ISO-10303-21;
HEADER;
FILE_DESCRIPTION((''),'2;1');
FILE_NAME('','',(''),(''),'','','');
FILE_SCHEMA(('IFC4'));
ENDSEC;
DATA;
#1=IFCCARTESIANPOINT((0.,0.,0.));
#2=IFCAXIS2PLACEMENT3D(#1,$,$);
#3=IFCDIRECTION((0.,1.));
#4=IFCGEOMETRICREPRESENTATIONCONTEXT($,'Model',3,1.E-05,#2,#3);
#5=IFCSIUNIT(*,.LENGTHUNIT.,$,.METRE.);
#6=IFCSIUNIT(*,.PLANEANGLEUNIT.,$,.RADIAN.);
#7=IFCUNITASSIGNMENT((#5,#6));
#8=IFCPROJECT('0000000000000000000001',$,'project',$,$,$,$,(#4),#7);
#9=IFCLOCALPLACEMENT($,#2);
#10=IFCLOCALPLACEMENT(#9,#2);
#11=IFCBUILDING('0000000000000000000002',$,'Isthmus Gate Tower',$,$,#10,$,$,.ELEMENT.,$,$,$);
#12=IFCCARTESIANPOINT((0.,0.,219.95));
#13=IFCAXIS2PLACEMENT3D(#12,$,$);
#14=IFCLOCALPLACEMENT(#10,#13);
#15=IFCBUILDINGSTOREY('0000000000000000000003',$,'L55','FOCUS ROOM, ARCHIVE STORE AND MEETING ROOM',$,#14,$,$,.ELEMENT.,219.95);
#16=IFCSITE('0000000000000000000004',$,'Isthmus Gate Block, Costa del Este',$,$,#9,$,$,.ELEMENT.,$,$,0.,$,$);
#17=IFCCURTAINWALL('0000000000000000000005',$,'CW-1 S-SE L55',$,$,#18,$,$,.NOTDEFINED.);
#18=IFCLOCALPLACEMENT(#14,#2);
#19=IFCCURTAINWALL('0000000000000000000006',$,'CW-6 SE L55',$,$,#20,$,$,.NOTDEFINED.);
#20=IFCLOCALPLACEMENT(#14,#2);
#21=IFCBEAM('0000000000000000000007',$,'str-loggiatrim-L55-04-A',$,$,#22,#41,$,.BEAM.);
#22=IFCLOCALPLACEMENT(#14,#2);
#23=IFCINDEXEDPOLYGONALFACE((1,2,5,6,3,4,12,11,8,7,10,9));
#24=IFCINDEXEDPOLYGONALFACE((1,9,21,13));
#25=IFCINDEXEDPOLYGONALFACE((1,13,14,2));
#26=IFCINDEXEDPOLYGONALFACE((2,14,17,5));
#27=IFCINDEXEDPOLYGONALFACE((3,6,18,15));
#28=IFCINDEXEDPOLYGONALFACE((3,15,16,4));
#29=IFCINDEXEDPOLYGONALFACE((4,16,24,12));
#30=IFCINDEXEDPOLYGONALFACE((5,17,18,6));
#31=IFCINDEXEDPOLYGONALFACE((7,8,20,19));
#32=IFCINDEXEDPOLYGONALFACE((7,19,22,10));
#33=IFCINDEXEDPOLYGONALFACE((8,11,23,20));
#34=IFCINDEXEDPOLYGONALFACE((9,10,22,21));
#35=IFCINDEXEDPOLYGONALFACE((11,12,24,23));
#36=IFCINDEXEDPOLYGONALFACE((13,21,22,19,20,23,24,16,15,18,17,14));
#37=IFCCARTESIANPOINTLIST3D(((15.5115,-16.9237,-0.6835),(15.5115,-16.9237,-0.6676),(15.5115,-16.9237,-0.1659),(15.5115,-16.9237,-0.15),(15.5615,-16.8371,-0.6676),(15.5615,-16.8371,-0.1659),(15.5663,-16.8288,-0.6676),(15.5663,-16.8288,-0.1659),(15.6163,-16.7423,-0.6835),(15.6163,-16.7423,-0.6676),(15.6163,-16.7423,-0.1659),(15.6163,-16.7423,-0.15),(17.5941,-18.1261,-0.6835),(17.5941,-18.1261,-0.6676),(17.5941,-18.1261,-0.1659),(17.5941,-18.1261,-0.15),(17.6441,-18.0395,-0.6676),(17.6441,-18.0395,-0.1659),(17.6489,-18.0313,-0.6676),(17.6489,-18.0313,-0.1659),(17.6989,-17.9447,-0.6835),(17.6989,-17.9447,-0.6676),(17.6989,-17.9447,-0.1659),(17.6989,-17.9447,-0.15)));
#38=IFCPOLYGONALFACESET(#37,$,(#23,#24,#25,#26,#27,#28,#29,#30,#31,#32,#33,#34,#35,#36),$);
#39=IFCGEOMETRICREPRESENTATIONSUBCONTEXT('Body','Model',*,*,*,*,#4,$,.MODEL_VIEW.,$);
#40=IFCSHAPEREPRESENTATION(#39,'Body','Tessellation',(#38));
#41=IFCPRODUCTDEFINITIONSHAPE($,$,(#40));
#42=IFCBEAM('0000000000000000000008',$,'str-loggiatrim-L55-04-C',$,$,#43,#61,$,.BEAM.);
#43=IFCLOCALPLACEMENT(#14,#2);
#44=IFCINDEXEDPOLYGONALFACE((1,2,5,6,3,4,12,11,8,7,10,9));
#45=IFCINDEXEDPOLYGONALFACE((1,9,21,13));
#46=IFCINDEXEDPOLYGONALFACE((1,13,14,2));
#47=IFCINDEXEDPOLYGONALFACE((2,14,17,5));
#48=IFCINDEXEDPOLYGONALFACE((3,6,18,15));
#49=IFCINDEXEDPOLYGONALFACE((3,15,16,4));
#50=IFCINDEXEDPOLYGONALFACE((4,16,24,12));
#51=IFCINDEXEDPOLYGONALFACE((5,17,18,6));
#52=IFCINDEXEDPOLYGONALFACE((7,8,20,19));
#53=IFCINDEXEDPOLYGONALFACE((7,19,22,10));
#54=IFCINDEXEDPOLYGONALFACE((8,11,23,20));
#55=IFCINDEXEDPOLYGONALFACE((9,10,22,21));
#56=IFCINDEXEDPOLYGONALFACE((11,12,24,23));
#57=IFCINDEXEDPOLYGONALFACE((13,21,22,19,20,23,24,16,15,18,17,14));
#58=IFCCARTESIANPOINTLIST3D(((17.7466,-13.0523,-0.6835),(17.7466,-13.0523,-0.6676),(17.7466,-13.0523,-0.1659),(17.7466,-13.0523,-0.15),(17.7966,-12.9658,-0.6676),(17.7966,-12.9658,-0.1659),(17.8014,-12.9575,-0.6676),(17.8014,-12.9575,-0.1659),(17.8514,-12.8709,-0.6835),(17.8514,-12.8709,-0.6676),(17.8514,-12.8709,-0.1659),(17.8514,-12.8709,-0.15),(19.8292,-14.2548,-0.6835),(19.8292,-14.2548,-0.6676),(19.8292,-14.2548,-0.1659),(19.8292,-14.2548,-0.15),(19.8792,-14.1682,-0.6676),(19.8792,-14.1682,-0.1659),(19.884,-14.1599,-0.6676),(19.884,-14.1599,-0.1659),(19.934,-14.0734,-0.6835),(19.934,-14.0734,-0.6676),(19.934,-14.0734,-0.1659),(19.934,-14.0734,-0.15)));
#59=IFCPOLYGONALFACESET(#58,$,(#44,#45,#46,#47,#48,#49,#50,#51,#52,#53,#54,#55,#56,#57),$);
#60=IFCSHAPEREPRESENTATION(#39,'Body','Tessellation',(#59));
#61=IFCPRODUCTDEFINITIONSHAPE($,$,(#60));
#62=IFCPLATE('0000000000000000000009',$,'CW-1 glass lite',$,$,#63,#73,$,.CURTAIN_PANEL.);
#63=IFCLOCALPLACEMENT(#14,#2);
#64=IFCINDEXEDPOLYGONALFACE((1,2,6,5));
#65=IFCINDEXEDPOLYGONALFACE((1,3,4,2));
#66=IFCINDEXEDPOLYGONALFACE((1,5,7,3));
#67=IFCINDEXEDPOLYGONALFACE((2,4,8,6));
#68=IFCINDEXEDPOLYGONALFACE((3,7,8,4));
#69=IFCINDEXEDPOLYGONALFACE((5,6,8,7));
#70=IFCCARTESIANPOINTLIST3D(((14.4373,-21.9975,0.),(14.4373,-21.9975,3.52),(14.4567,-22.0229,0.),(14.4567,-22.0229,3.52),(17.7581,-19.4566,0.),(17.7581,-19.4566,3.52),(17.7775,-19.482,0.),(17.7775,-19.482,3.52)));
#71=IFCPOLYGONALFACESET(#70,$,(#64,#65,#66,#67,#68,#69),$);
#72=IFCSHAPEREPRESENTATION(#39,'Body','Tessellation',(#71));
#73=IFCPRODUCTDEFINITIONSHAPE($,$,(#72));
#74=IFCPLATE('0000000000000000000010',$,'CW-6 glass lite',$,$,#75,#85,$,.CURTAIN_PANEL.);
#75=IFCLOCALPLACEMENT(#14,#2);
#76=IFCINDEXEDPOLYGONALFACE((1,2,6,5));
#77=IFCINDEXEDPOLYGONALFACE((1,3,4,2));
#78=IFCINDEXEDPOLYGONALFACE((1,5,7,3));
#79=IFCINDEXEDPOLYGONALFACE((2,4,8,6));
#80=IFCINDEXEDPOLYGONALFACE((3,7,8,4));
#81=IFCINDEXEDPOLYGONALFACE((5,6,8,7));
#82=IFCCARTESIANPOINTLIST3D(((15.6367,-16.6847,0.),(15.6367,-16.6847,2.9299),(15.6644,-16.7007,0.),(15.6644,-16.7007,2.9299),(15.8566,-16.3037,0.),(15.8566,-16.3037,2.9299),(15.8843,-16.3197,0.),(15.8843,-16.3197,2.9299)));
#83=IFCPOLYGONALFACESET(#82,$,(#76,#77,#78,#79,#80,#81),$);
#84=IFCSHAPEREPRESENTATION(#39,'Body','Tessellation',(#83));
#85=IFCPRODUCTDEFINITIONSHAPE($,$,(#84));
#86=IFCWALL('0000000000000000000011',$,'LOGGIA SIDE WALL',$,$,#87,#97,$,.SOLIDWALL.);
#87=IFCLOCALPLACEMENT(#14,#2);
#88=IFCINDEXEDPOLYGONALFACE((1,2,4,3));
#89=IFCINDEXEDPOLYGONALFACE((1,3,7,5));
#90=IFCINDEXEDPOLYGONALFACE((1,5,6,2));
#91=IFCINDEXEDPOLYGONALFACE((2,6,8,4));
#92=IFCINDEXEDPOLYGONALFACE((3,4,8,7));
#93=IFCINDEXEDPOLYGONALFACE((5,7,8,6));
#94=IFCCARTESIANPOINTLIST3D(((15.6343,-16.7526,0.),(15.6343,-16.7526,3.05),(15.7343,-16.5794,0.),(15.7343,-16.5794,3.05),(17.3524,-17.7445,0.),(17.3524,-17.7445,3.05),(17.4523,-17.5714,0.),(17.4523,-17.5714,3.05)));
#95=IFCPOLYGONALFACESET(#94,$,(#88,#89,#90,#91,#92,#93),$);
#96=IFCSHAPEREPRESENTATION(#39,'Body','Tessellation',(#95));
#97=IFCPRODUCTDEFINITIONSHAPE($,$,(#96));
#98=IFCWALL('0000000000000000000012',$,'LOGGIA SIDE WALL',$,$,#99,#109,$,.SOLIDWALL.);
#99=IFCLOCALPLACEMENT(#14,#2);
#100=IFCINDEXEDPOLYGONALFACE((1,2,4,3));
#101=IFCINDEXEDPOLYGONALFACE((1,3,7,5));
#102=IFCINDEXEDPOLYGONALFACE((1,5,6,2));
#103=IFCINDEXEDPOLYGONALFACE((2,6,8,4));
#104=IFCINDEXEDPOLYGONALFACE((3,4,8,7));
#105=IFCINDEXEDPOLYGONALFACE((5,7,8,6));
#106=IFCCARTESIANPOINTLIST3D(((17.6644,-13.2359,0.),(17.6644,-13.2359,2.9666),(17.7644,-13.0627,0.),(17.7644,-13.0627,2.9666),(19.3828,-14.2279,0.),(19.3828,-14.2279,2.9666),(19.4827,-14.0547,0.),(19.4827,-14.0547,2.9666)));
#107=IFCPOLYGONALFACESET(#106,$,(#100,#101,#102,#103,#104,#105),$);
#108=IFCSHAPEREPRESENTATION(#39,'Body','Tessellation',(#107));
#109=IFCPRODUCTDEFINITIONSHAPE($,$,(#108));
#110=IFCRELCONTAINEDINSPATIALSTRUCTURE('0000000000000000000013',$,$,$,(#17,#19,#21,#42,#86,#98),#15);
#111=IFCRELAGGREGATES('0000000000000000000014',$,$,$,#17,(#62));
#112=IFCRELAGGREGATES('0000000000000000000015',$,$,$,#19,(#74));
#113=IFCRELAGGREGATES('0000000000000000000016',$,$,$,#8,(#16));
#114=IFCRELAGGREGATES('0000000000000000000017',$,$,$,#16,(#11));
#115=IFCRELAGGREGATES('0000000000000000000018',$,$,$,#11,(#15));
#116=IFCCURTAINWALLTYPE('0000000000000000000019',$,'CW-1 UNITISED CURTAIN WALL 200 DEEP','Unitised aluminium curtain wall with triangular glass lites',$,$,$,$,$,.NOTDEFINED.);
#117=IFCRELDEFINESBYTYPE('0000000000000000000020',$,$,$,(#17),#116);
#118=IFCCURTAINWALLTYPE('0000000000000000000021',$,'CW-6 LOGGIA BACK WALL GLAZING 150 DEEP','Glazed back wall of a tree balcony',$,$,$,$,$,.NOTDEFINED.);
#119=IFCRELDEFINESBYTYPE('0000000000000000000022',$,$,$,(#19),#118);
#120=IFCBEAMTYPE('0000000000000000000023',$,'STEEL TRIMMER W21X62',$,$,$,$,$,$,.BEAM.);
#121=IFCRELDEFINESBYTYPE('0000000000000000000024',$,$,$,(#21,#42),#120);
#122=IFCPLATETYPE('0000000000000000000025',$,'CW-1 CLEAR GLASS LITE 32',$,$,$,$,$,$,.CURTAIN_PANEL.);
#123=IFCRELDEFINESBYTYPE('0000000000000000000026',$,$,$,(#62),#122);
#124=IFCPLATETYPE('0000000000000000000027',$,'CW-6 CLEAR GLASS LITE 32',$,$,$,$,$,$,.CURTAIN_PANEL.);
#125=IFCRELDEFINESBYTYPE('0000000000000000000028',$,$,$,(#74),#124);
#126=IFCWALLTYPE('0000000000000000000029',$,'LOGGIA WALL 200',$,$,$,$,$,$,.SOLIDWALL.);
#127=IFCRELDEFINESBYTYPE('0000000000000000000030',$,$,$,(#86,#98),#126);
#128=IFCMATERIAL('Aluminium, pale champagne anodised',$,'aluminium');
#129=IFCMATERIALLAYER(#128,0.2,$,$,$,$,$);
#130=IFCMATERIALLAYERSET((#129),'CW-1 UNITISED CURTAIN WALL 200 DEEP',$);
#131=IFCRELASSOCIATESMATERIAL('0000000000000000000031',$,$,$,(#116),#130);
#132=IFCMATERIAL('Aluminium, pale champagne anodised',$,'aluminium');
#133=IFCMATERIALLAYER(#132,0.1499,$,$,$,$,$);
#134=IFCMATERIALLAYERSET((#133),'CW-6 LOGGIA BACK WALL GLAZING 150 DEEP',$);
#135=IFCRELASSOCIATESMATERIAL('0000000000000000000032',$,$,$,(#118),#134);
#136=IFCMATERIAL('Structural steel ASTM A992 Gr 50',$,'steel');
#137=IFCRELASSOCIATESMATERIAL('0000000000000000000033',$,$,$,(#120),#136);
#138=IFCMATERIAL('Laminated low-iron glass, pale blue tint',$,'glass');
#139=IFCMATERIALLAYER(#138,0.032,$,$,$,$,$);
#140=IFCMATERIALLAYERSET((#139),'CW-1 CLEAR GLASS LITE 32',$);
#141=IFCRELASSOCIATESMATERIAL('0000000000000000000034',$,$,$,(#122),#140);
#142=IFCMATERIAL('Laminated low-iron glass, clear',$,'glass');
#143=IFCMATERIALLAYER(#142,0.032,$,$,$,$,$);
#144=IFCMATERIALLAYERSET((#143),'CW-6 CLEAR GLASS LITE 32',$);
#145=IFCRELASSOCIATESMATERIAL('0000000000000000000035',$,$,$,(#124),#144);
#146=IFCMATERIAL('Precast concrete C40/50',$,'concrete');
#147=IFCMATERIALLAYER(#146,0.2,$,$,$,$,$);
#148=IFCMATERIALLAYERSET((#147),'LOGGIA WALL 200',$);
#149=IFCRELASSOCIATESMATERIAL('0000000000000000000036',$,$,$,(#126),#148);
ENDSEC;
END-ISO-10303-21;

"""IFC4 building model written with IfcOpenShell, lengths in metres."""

from ifc_helpers import new_model, si_unit, direction, frame, frame_2d, origin, origin_2d, place, context, subcontext, project, spatial, rectangle, i_section, extrude, material, layer, layer_set, material_profile, profile_set, type_object, element, aggregate, save


model = new_model("IFC4")

# Units and contexts
model_context = context("Model", 3, precision=1e-05, world=origin(), true_north=direction((0.0, 1.0)))
body_context = subcontext(model_context, "Body", "Model", "MODEL_VIEW")
ifc_project = project(units=[si_unit("LENGTHUNIT", "METRE"), si_unit("PLANEANGLEUNIT", "RADIAN")], contexts=[model_context])

# Site, building, storey
site_placement = place(None, origin())
site = spatial("IfcSite", under=ifc_project, at=site_placement, Name="Isthmus Gate Block, Costa del Este", CompositionType="ELEMENT", RefElevation=0.0)
building_placement = place(site_placement, origin())
building = spatial("IfcBuilding", under=site, at=building_placement, Name="Isthmus Gate Tower", CompositionType="ELEMENT")
storey_placement = place(building_placement, frame((0.0, 0.0, 219.95)))
storey = spatial("IfcBuildingStorey", under=building, at=storey_placement, Name="L55", Description="FOCUS ROOM, ARCHIVE STORE AND MEETING ROOM", CompositionType="ELEMENT", Elevation=219.95)

# Curtain wall
ifc_material_1 = material(Name="Aluminium, pale champagne anodised", Category="aluminium")
ifc_layer_1 = layer(ifc_material_1, 0.2)
ifc_layer_set_1 = layer_set([ifc_layer_1], Name="CW-1 UNITISED CURTAIN WALL 200 DEEP")
curtain_wall_type_1 = type_object("IfcCurtainWallType", Name="CW-1 UNITISED CURTAIN WALL 200 DEEP", Description="Unitised aluminium curtain wall with triangular glass lites", PredefinedType="NOTDEFINED", material=ifc_layer_set_1)
curtain_wall_1_placement = place(storey_placement, origin())
curtain_wall_1 = element("IfcCurtainWall", 1, at=curtain_wall_1_placement, inside=storey, type_object=curtain_wall_type_1, Name="CW-1 S-SE L55", PredefinedType="NOTDEFINED")

# Curtain wall
ifc_material_2 = material(Name="Aluminium, pale champagne anodised", Category="aluminium")
ifc_layer_2 = layer(ifc_material_2, 0.1499)
ifc_layer_set_2 = layer_set([ifc_layer_2], Name="CW-6 LOGGIA BACK WALL GLAZING 150 DEEP")
curtain_wall_type_2 = type_object("IfcCurtainWallType", Name="CW-6 LOGGIA BACK WALL GLAZING 150 DEEP", Description="Glazed back wall of a tree balcony", PredefinedType="NOTDEFINED", material=ifc_layer_set_2)
curtain_wall_2_placement = place(storey_placement, origin())
curtain_wall_2 = element("IfcCurtainWall", 2, at=curtain_wall_2_placement, inside=storey, type_object=curtain_wall_type_2, Name="CW-6 SE L55", PredefinedType="NOTDEFINED")

# Beams
ifc_material_3 = material(Name="Structural steel ASTM A992 Gr 50", Category="steel")
ifc_material_profile_1 = material_profile(ifc_material_3, i_section(OverallWidth=0.2095, OverallDepth=0.5334, WebThickness=0.0095, FlangeThickness=0.0159, at=origin_2d()), Name="W21X62")
ifc_profile_set_1 = profile_set([ifc_material_profile_1], Name="Structural steel ASTM A992 Gr 50")
beam_type_1 = type_object("IfcBeamType", Name="STEEL TRIMMER W21X62", PredefinedType="BEAM", material=ifc_profile_set_1)
for number, where, z_axis, x_axis, name in (
    (3, (17.6465, -18.0354, -0.4167), (-0.866017, 0.500015, 0.0), (-0.500015, -0.866017, 0.0), "str-loggiatrim-L55-04-A"),
    (4, (19.8816, -14.1641, -0.4167), (-0.866017, 0.500015, 0.0), (-0.500015, -0.866017, 0.0), "str-loggiatrim-L55-04-C"),
):
    element("IfcBeam", number, at=place(storey_placement, frame(where, z_axis=z_axis, x_axis=x_axis)), inside=storey, type_object=beam_type_1, Name=name, PredefinedType="BEAM", context=body_context, shape_type="SweptSolid", body=[
        extrude(i_section(OverallWidth=0.2095, OverallDepth=0.5334, WebThickness=0.0095, FlangeThickness=0.0159, at=origin_2d()), origin(), (0.0, 0.0, 1.0), 2.4048),
    ])

# Plates
ifc_material_4 = material(Name="Laminated low-iron glass, pale blue tint", Category="glass")
ifc_layer_3 = layer(ifc_material_4, 0.032)
ifc_layer_set_3 = layer_set([ifc_layer_3], Name="CW-1 CLEAR GLASS LITE 32")
plate_type_1 = type_object("IfcPlateType", Name="CW-1 CLEAR GLASS LITE 32", PredefinedType="CURTAIN_PANEL", material=ifc_layer_set_3)
plate_1_placement = place(storey_placement, frame((16.1074, -20.7397, 0.0), z_axis=(0.0, 0.0, 1.0), x_axis=(0.794189, 0.607671, 0.0)))
plate_1 = element("IfcPlate", 5, at=plate_1_placement, type_object=plate_type_1, Name="CW-1 glass lite", PredefinedType="CURTAIN_PANEL", context=body_context, shape_type="SweptSolid", body=[
    extrude(rectangle(XDim=4.1814, YDim=0.032, at=origin_2d()), origin(), (0.0, 0.0, 1.0), 3.52),
])
aggregate(curtain_wall_1, [plate_1])
ifc_material_5 = material(Name="Laminated low-iron glass, clear", Category="glass")
ifc_layer_4 = layer(ifc_material_5, 0.032)
ifc_layer_set_4 = layer_set([ifc_layer_4], Name="CW-6 CLEAR GLASS LITE 32")
plate_type_2 = type_object("IfcPlateType", Name="CW-6 CLEAR GLASS LITE 32", PredefinedType="CURTAIN_PANEL", material=ifc_layer_set_4)
plate_2_placement = place(storey_placement, frame((15.7605, -16.5022, 0.0), z_axis=(0.0, 0.0, 1.0), x_axis=(0.5, 0.866025, 0.0)))
plate_2 = element("IfcPlate", 6, at=plate_2_placement, type_object=plate_type_2, Name="CW-6 glass lite", PredefinedType="CURTAIN_PANEL", context=body_context, shape_type="SweptSolid", body=[
    extrude(rectangle(XDim=0.4399, YDim=0.032, at=origin_2d()), origin(), (0.0, 0.0, 1.0), 2.9299),
])
aggregate(curtain_wall_2, [plate_2])

# Shared definitions
ifc_material_6 = material(Name="Precast concrete C40/50", Category="concrete")
ifc_layer_5 = layer(ifc_material_6, 0.2)
ifc_layer_set_5 = layer_set([ifc_layer_5], Name="LOGGIA WALL 200")
wall_type = type_object("IfcWallType", Name="LOGGIA WALL 200", PredefinedType="SOLIDWALL", material=ifc_layer_set_5)

# Walls
wall_1_placement = place(storey_placement, frame((17.4023, -17.658, 0.0), z_axis=(0.0, 0.0, 1.0), x_axis=(-0.866015, 0.500017, 0.0)))
element("IfcWall", 7, at=wall_1_placement, inside=storey, type_object=wall_type, Name="LOGGIA SIDE WALL", PredefinedType="SOLIDWALL", context=body_context, shape_type="SweptSolid", body=[
    extrude(rectangle(XDim=1.9839, YDim=0.2, at=frame_2d((0.9919, 0.0))), origin(), (0.0, 0.0, 1.0), 3.05),
])
wall_2_placement = place(storey_placement, frame((19.4329, -14.1414, 0.0), z_axis=(0.0, 0.0, 1.0), x_axis=(-0.866046, 0.499964, 0.0)))
element("IfcWall", 8, at=wall_2_placement, inside=storey, type_object=wall_type, Name="LOGGIA SIDE WALL", PredefinedType="SOLIDWALL", context=body_context, shape_type="SweptSolid", body=[
    extrude(rectangle(XDim=1.9841, YDim=0.2, at=frame_2d((0.9922, 0.0))), origin(), (0.0, 0.0, 1.0), 2.9666),
])

save(model, "model.ifc")
